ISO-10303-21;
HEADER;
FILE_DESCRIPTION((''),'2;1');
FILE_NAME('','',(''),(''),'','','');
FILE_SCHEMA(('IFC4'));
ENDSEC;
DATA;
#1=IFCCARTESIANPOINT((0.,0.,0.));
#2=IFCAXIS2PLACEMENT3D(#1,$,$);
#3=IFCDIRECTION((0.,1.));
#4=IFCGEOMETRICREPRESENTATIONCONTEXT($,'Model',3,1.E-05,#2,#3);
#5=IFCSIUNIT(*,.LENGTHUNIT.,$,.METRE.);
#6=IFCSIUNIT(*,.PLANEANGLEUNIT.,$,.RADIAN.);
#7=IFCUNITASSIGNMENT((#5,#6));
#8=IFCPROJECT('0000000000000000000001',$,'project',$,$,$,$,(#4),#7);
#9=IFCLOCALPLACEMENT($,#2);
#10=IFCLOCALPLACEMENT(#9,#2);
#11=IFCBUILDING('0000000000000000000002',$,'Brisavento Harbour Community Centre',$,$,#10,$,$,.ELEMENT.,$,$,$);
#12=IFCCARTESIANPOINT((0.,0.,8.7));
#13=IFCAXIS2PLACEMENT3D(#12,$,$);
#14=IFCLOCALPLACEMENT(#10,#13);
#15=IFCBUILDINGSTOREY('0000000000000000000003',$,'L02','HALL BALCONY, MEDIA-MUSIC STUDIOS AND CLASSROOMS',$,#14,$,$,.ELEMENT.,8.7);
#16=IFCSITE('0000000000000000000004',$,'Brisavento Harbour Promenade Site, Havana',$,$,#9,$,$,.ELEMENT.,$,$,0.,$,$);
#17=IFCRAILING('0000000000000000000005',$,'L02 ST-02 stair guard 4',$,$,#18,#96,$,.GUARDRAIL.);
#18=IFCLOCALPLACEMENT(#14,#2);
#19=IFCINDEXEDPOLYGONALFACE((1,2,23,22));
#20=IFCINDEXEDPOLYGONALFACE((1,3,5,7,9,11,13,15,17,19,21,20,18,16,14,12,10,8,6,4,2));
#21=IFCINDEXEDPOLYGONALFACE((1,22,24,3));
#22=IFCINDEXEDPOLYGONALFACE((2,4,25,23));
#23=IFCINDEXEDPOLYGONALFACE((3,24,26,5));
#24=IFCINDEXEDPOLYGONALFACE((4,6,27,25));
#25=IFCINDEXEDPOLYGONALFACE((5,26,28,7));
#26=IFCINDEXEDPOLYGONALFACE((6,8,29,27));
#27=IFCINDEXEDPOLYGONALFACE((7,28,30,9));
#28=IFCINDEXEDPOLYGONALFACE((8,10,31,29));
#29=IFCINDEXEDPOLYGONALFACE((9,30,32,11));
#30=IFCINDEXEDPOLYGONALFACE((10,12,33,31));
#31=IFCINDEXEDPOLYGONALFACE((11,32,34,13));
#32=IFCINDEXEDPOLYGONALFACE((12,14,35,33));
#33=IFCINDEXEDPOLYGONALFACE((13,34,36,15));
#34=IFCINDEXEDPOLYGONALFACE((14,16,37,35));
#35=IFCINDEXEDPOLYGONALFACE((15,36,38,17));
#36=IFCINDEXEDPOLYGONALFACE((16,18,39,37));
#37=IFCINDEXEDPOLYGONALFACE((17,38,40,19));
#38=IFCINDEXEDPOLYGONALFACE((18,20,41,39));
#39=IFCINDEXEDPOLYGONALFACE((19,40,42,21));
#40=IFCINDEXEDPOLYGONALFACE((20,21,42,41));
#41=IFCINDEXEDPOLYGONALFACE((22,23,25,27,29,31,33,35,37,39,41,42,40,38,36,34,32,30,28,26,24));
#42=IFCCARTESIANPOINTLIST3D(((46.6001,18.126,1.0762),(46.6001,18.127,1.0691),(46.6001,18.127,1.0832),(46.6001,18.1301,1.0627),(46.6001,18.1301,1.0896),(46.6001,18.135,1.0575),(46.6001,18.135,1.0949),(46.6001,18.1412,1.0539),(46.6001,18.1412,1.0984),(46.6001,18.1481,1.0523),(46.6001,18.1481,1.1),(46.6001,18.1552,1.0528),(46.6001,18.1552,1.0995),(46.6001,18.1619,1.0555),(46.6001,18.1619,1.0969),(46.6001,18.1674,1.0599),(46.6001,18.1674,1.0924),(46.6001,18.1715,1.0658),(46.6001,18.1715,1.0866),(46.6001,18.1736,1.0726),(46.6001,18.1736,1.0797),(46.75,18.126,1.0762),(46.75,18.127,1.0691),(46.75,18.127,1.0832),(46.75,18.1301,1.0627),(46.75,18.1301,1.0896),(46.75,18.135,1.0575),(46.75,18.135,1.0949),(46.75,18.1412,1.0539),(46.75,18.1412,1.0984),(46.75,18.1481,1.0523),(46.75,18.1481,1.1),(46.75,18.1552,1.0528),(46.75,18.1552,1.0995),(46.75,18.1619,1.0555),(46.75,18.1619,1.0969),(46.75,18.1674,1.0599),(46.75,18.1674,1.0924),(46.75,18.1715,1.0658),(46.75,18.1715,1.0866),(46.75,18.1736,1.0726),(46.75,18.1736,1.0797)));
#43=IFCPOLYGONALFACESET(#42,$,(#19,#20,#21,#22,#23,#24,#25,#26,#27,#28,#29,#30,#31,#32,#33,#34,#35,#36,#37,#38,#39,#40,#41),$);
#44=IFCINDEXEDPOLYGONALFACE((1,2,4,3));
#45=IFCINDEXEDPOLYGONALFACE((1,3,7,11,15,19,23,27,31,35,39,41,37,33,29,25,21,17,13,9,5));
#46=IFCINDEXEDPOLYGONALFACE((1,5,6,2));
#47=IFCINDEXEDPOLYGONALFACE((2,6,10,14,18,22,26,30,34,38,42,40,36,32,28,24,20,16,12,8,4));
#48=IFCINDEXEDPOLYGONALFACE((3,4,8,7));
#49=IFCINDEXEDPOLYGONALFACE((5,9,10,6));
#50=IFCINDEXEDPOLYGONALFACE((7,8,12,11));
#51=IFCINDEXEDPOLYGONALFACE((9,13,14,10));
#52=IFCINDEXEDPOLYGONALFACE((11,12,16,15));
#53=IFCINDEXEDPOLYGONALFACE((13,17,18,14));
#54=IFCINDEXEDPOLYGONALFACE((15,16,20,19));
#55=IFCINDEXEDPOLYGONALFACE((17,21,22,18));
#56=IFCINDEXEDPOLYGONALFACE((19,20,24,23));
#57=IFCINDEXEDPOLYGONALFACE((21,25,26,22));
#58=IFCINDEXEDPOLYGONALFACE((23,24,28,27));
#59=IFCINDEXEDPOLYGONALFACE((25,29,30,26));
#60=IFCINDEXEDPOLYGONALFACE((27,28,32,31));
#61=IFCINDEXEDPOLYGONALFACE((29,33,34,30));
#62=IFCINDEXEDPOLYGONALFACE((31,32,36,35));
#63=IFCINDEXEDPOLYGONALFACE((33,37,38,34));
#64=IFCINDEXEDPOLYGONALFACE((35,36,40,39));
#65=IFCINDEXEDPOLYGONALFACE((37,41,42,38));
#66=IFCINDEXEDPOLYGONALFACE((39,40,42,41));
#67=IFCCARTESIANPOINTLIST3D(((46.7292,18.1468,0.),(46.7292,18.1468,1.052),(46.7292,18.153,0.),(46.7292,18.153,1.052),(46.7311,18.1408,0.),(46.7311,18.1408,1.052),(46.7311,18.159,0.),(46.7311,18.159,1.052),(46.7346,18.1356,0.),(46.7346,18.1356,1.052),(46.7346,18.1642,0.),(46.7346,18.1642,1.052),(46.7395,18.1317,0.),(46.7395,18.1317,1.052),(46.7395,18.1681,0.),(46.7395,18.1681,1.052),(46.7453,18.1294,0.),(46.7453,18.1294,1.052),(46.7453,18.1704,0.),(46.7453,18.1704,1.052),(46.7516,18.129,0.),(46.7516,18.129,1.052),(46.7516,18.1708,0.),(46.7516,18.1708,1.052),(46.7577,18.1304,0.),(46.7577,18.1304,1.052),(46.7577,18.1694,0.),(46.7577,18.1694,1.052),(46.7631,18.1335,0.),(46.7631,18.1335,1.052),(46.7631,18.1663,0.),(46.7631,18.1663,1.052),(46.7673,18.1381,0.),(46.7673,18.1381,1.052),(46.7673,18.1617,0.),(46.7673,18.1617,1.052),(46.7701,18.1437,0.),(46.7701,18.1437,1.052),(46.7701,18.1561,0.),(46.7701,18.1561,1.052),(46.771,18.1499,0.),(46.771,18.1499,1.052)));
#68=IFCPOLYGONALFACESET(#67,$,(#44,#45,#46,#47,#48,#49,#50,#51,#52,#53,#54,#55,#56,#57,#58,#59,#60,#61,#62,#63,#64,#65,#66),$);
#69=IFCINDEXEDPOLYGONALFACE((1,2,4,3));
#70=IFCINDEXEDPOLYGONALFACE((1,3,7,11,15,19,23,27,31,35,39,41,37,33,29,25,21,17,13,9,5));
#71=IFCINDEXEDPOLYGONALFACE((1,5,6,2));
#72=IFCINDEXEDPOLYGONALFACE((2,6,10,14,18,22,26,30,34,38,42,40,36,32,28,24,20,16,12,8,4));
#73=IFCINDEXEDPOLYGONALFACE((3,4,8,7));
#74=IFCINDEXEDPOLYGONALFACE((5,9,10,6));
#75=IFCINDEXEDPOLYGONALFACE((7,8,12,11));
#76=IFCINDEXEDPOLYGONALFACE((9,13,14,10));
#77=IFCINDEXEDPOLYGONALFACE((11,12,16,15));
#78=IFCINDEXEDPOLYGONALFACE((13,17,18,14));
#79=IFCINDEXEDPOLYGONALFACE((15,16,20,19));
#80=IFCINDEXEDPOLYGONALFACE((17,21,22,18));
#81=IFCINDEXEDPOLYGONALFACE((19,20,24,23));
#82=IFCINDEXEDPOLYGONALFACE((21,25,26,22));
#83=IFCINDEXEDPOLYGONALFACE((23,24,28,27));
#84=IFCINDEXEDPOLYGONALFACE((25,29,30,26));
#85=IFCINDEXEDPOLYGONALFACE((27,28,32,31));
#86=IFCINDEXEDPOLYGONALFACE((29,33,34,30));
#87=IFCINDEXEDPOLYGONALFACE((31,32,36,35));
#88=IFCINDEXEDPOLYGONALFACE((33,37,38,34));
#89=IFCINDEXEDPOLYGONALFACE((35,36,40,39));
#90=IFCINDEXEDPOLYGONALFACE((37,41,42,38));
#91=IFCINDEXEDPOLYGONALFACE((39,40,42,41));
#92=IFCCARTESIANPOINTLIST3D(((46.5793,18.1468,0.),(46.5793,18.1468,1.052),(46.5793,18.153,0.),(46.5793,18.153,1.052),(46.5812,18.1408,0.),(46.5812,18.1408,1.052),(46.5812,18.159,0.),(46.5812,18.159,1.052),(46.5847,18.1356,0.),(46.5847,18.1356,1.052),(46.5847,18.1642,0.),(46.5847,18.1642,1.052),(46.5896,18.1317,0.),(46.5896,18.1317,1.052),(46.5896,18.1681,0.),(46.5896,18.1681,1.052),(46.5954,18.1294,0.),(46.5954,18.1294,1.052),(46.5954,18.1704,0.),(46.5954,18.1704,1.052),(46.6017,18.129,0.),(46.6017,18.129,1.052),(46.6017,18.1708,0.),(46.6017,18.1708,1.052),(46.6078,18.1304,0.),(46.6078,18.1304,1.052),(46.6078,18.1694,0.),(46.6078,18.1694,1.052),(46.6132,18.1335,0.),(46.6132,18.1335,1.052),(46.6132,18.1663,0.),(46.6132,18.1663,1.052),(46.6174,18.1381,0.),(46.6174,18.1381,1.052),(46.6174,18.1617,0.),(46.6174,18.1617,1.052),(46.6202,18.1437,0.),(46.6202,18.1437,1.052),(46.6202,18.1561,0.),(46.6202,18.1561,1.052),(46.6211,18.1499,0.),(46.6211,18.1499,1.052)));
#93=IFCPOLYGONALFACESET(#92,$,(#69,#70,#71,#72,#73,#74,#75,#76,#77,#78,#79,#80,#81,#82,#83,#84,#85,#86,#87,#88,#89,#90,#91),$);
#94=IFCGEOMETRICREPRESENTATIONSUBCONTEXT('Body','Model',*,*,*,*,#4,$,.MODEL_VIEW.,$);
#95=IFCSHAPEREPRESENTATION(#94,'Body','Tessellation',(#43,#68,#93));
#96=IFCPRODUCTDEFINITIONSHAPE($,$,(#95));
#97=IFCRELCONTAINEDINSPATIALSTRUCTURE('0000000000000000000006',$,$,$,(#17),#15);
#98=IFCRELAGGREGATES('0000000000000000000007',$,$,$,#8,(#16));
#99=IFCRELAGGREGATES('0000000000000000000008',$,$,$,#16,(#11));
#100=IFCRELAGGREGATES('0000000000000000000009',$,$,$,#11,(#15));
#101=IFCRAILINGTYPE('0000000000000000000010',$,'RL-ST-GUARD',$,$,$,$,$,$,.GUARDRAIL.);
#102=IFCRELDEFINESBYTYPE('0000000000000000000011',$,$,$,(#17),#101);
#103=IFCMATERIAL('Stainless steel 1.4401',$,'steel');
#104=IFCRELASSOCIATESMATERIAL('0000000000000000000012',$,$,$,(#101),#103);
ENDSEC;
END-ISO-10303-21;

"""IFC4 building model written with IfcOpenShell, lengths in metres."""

from ifc_helpers import new_model, si_unit, direction, frame, origin, origin_2d, place, context, subcontext, project, spatial, circle, extrude, material, type_object, element, save


model = new_model("IFC4")

# Units and contexts
model_context = context("Model", 3, precision=1e-05, world=origin(), true_north=direction((0.0, 1.0)))
body_context = subcontext(model_context, "Body", "Model", "MODEL_VIEW")
ifc_project = project(units=[si_unit("LENGTHUNIT", "METRE"), si_unit("PLANEANGLEUNIT", "RADIAN")], contexts=[model_context])

# Site, building, storey
site_placement = place(None, origin())
site = spatial("IfcSite", under=ifc_project, at=site_placement, Name="Brisavento Harbour Promenade Site, Havana", CompositionType="ELEMENT", RefElevation=0.0)
building_placement = place(site_placement, origin())
building = spatial("IfcBuilding", under=site, at=building_placement, Name="Brisavento Harbour Community Centre", CompositionType="ELEMENT")
storey_placement = place(building_placement, frame((0.0, 0.0, 8.7)))
storey = spatial("IfcBuildingStorey", under=building, at=storey_placement, Name="L02", Description="HALL BALCONY, MEDIA-MUSIC STUDIOS AND CLASSROOMS", CompositionType="ELEMENT", Elevation=8.7)

# Railing
ifc_material_1 = material(Name="Stainless steel 1.4401", Category="steel")
railing_type_1 = type_object("IfcRailingType", Name="RL-ST-GUARD", PredefinedType="GUARDRAIL", material=ifc_material_1)
railing_1_placement = place(storey_placement, frame((46.75, 18.1499, 0.0)))
element("IfcRailing", 1, at=railing_1_placement, inside=storey, type_object=railing_type_1, Name="L02 ST-02 stair guard 4", PredefinedType="GUARDRAIL", context=body_context, shape_type="SweptSolid", body=[
    extrude(circle(Radius=0.0239, at=origin_2d()), frame((0.0, 0.0, 1.0762), z_axis=(-1.0, 0.0, 0.0), x_axis=(0.0, -1.0, 0.0)), (0.0, 0.0, 1.0), 0.1499),
    extrude(circle(Radius=0.021, at=origin_2d()), origin(), (0.0, 0.0, 1.0), 1.052),
    extrude(circle(Radius=0.021, at=origin_2d()), frame((-0.1499, 0.0, 0.0)), (0.0, 0.0, 1.0), 1.052),
])

save(model, "model.ifc")
